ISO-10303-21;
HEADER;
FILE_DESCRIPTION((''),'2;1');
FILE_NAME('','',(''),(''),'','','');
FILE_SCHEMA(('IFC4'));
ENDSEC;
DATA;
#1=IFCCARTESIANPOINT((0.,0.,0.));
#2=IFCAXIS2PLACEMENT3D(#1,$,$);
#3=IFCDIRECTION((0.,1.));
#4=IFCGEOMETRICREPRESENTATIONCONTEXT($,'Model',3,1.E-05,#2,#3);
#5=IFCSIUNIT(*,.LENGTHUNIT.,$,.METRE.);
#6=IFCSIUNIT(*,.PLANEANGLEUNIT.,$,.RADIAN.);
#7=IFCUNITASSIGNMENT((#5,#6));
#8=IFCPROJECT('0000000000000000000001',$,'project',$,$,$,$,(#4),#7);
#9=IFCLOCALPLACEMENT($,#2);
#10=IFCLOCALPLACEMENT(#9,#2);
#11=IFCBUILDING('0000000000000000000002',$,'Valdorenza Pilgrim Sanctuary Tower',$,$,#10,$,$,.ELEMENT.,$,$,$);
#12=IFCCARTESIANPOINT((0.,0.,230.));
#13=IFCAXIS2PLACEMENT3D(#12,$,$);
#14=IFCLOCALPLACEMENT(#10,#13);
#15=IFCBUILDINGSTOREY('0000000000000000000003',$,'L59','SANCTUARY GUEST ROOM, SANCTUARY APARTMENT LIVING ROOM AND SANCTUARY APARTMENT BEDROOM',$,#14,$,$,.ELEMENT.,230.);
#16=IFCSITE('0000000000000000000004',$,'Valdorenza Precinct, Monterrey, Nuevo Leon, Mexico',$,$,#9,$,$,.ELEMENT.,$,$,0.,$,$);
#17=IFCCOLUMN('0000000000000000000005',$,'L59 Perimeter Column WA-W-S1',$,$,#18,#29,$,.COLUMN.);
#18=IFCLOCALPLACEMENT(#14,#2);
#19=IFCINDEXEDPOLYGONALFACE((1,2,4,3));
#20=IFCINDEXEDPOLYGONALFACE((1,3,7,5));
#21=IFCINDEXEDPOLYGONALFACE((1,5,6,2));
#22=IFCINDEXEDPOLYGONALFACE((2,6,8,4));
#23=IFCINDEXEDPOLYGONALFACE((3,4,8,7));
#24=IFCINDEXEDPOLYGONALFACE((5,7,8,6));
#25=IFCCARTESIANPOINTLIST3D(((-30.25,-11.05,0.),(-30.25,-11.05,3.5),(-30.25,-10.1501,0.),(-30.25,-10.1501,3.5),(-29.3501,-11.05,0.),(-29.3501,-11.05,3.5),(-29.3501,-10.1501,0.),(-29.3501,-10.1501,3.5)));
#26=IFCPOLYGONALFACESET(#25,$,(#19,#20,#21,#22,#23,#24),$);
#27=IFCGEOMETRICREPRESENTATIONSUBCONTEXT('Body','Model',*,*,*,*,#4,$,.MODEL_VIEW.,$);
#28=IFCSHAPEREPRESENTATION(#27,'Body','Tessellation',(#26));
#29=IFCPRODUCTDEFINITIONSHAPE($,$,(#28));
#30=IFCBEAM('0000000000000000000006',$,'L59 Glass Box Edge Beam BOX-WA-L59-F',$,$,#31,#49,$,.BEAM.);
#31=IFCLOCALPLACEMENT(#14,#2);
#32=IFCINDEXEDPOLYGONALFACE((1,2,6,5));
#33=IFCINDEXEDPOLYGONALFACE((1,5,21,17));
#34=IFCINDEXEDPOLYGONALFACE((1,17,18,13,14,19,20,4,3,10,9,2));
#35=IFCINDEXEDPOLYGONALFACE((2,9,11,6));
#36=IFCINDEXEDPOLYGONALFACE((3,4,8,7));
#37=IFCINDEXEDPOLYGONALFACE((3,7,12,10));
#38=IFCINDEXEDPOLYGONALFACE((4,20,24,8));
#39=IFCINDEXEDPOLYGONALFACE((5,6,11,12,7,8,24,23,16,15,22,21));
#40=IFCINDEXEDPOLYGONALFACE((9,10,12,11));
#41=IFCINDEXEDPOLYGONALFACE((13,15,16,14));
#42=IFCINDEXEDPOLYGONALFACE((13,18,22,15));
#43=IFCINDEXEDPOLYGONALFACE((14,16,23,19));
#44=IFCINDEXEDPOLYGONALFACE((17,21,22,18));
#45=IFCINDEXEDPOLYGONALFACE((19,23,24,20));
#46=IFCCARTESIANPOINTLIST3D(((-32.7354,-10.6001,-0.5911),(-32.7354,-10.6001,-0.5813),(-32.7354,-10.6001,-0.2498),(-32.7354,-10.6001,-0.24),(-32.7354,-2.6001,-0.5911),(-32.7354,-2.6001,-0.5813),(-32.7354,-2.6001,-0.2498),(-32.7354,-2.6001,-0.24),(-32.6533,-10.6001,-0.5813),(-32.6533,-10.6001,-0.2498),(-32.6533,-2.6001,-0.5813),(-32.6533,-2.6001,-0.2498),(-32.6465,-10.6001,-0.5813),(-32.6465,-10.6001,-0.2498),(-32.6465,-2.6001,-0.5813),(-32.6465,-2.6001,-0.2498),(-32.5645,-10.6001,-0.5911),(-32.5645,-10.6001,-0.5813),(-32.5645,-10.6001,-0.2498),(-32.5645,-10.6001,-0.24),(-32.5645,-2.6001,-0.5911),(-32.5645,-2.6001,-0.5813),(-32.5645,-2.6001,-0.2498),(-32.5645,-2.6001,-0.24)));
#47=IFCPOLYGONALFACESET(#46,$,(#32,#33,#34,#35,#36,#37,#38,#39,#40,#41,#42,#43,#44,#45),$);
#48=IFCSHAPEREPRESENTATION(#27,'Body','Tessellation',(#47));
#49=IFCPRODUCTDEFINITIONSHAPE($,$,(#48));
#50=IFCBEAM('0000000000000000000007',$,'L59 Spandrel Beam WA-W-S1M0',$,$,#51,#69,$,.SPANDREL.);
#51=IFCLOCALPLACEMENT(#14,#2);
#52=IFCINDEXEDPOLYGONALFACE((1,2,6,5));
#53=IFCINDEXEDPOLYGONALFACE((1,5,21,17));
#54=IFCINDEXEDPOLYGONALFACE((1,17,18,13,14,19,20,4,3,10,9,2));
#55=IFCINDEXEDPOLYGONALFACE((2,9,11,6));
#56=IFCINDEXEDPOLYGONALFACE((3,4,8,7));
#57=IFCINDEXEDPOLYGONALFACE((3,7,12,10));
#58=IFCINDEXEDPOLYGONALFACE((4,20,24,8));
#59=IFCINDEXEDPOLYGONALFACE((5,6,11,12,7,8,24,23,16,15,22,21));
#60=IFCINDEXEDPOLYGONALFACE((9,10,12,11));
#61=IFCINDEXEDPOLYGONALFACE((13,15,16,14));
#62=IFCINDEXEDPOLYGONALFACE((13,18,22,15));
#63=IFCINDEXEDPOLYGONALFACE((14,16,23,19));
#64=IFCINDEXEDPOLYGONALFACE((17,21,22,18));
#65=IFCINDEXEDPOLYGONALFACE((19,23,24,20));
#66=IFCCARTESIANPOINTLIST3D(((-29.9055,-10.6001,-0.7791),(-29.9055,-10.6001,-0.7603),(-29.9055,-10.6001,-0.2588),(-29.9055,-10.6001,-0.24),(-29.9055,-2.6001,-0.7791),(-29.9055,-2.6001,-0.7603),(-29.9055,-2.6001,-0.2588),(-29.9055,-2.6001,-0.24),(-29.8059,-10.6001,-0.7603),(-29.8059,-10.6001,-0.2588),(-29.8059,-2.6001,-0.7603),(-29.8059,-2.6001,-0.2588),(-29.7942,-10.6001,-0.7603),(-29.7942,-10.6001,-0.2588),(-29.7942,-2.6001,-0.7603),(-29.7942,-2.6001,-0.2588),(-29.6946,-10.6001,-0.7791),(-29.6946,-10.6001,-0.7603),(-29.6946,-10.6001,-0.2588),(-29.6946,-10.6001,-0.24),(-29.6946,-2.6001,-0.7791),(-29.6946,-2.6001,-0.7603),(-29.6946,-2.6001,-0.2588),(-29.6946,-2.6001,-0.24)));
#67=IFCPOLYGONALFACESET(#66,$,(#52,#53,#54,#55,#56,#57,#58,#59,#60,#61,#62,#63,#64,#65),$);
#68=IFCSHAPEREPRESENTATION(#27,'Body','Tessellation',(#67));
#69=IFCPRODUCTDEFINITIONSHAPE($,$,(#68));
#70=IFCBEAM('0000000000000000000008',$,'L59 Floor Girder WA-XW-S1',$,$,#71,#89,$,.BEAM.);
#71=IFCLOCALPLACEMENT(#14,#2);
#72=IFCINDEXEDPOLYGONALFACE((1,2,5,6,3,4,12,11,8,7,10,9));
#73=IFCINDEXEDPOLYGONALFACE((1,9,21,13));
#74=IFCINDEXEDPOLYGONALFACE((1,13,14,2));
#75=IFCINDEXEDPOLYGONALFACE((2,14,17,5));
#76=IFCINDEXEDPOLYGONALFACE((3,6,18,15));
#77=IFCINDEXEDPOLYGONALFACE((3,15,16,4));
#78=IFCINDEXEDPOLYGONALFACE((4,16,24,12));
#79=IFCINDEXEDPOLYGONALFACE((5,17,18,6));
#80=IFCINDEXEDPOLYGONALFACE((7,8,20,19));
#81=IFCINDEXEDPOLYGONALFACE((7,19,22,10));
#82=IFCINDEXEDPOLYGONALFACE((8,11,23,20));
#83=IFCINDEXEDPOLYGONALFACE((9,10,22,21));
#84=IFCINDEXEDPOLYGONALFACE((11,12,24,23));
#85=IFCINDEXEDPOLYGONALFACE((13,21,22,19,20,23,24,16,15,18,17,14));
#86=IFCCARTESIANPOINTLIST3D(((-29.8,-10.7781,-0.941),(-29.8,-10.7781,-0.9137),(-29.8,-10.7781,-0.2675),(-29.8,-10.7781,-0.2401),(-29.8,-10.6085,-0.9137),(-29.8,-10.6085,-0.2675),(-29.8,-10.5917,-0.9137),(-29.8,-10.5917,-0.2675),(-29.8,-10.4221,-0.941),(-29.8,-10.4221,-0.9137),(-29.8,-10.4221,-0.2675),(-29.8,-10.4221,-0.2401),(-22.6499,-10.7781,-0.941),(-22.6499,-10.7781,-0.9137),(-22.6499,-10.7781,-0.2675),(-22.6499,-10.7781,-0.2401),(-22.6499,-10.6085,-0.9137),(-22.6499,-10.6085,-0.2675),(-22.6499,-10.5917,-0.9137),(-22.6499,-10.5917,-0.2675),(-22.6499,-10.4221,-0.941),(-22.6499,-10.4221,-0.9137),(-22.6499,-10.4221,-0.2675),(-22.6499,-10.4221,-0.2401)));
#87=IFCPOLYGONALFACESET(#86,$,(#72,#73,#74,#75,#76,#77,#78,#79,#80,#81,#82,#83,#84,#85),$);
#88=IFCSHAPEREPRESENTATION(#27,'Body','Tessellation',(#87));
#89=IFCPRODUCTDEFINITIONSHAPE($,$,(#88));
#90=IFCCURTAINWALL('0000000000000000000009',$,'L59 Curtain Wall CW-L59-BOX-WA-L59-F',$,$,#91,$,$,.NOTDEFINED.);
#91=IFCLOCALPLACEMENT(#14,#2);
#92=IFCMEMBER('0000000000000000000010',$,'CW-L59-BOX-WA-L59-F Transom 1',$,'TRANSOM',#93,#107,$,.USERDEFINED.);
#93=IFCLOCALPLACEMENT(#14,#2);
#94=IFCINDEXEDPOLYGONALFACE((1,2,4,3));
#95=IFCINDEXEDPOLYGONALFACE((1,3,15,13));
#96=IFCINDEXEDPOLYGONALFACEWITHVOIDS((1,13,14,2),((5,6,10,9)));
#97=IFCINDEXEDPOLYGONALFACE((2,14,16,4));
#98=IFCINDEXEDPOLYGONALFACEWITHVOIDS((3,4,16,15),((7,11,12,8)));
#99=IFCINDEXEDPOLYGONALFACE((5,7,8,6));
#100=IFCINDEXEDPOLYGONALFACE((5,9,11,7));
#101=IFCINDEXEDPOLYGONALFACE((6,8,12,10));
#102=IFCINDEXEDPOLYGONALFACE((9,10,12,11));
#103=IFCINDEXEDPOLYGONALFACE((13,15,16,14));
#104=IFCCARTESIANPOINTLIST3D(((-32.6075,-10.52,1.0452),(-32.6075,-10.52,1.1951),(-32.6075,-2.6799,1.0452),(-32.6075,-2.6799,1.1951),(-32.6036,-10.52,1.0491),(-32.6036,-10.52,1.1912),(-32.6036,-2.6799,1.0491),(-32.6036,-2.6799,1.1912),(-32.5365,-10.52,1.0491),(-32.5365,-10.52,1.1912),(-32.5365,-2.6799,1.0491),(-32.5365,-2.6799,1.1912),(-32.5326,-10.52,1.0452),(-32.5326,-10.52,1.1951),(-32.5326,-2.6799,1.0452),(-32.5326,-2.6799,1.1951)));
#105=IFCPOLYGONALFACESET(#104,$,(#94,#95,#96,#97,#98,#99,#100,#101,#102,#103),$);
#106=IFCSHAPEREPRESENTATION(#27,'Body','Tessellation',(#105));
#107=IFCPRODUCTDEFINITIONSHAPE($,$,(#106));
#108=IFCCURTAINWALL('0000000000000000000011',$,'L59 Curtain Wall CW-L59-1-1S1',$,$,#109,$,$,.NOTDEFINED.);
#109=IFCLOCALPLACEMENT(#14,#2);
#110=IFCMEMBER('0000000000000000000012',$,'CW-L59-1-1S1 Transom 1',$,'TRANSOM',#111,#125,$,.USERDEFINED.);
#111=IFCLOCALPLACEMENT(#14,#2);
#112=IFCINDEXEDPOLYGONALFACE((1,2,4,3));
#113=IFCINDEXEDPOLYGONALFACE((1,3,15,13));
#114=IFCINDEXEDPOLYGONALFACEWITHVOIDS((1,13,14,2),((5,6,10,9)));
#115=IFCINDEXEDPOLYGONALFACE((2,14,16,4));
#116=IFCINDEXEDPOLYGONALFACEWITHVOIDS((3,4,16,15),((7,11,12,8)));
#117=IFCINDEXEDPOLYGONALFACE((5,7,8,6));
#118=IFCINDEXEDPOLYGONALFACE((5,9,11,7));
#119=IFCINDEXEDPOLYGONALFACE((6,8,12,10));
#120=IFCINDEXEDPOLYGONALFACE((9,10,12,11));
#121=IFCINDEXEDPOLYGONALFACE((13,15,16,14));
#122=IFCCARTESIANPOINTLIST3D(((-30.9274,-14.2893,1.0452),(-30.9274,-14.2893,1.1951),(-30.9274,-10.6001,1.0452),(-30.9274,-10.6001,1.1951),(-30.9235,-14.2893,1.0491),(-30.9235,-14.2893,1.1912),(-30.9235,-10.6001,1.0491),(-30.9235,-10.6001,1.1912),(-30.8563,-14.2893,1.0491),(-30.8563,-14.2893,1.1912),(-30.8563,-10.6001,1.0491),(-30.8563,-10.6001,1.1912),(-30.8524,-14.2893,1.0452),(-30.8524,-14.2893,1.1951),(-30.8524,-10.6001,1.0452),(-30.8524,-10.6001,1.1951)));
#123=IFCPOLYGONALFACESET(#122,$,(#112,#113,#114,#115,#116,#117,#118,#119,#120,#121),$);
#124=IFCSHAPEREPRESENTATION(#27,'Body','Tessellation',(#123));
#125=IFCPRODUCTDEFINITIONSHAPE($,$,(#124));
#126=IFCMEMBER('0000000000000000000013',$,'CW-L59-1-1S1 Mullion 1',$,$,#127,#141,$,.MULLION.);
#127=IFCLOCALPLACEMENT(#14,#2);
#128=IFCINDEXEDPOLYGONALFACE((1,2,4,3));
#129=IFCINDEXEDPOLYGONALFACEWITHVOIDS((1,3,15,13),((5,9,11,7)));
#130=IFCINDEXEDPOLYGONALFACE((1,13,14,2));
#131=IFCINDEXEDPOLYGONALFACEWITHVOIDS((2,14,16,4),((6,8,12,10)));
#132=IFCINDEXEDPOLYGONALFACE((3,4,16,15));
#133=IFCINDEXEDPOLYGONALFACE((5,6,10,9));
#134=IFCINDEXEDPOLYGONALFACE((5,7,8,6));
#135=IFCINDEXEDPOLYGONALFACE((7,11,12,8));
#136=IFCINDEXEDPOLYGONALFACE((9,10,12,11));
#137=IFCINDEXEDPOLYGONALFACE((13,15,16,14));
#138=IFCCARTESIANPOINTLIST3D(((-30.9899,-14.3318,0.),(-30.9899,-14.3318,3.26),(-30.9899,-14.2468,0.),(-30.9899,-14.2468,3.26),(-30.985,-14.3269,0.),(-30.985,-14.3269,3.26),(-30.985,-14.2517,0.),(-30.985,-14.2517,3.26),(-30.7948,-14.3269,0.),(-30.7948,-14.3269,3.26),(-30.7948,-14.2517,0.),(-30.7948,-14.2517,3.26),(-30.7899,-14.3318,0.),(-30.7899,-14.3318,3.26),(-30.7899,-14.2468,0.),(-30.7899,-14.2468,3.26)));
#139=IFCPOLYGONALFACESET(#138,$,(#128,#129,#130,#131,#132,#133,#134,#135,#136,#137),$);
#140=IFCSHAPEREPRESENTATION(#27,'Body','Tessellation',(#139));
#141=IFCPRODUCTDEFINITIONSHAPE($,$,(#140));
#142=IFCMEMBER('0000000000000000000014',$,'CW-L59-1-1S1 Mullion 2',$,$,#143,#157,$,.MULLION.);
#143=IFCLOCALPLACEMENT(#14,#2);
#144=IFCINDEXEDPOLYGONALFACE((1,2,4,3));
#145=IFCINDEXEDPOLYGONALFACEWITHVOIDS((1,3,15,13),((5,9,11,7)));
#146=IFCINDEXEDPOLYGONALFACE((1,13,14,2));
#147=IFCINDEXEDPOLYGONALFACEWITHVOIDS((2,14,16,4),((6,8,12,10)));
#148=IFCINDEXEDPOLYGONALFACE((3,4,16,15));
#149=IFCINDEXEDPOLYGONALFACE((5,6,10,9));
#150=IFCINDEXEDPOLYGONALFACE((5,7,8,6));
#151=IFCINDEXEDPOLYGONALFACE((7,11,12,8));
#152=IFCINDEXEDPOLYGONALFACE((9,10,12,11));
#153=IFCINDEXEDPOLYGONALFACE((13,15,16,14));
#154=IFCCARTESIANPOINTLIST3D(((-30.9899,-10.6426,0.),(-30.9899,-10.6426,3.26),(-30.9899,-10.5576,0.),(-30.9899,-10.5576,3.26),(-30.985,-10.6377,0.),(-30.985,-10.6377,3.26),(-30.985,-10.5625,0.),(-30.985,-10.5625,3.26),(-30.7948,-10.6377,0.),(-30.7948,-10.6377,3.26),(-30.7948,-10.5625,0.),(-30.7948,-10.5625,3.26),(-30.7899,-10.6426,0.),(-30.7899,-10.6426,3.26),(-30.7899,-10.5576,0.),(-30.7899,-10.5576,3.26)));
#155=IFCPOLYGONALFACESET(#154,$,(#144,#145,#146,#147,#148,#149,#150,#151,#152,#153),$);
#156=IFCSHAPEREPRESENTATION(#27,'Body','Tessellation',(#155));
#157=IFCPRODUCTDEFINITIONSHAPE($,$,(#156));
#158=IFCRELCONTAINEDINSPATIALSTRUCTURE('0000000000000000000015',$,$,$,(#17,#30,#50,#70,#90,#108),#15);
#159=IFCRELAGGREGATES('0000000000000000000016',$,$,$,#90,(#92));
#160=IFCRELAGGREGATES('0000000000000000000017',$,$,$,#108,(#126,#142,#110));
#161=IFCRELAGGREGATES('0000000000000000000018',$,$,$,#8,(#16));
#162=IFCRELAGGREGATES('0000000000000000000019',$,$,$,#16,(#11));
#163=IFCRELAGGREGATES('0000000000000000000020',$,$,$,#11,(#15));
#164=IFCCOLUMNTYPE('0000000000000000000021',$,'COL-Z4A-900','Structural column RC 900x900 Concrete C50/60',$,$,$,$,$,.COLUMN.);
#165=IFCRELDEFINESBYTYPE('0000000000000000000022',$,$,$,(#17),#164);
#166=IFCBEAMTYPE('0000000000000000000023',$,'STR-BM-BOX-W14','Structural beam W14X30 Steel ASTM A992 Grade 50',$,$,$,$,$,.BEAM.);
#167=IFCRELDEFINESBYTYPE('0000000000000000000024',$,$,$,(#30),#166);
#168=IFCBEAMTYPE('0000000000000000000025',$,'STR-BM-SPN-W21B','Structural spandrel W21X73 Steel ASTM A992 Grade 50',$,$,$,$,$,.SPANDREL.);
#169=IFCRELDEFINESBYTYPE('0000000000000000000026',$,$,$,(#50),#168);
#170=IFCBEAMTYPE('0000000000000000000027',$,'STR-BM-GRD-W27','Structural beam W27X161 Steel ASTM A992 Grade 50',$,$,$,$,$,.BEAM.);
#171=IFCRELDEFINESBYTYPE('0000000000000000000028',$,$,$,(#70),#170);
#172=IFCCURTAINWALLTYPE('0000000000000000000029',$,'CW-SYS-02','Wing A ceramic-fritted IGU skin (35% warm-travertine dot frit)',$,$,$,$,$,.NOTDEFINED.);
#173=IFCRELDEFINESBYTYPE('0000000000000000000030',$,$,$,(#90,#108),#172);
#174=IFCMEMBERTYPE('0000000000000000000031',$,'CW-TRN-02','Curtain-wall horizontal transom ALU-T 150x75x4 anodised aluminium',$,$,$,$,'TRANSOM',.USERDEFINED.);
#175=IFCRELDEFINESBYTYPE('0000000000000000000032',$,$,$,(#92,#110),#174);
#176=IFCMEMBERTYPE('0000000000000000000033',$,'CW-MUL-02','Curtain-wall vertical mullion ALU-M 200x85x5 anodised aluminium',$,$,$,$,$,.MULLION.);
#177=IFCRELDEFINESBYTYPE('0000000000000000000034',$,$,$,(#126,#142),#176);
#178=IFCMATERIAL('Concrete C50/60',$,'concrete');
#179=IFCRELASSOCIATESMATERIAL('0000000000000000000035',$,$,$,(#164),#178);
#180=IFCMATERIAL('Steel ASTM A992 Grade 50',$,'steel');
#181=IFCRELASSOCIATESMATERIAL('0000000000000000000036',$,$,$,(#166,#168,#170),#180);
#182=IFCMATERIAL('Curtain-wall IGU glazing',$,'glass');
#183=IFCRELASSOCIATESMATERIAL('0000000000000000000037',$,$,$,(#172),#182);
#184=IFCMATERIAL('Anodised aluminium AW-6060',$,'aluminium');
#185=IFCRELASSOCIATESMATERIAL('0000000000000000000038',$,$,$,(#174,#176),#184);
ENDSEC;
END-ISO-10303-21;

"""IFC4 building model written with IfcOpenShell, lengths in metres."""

from ifc_helpers import new_model, si_unit, direction, frame, origin, origin_2d, place, context, subcontext, project, spatial, rectangle, hollow_rectangle, i_section, extrude, source, transform, mapped, material, material_profile, profile_set, type_object, element, aggregate, save


model = new_model("IFC4")

# Units and contexts
model_context = context("Model", 3, precision=1e-05, world=origin(), true_north=direction((0.0, 1.0)))
body_context = subcontext(model_context, "Body", "Model", "MODEL_VIEW")
ifc_project = project(units=[si_unit("LENGTHUNIT", "METRE"), si_unit("PLANEANGLEUNIT", "RADIAN")], contexts=[model_context])

# Site, building, storey
site_placement = place(None, origin())
site = spatial("IfcSite", under=ifc_project, at=site_placement, Name="Valdorenza Precinct, Monterrey, Nuevo Leon, Mexico", CompositionType="ELEMENT", RefElevation=0.0)
building_placement = place(site_placement, origin())
building = spatial("IfcBuilding", under=site, at=building_placement, Name="Valdorenza Pilgrim Sanctuary Tower", CompositionType="ELEMENT")
storey_placement = place(building_placement, frame((0.0, 0.0, 230.0)))
storey = spatial("IfcBuildingStorey", under=building, at=storey_placement, Name="L59", Description="SANCTUARY GUEST ROOM, SANCTUARY APARTMENT LIVING ROOM AND SANCTUARY APARTMENT BEDROOM", CompositionType="ELEMENT", Elevation=230.0)

# Column
ifc_material_1 = material(Name="Concrete C50/60", Category="concrete")
ifc_material_profile_1 = material_profile(ifc_material_1, rectangle(XDim=0.8999, YDim=0.8999, at=origin_2d()), Name="RC 900x900")
ifc_profile_set_1 = profile_set([ifc_material_profile_1], Name="Concrete C50/60")
column_type = type_object("IfcColumnType", Name="COL-Z4A-900", Description="Structural column RC 900x900 Concrete C50/60", PredefinedType="COLUMN", material=ifc_profile_set_1)
shared_shape_1 = source(origin(), body_context, "Body", "SweptSolid", [
    extrude(rectangle(XDim=0.8999, YDim=0.8999, at=origin_2d()), origin(), (0.0, 0.0, 1.0), 3.5),
])
column_placement = place(storey_placement, frame((-29.8, -10.6001, 0.0), z_axis=(0.0, 0.0, 1.0), x_axis=(1.0, 0.0, 0.0)))
element("IfcColumn", 1, at=column_placement, inside=storey, type_object=column_type, Name="L59 Perimeter Column WA-W-S1", PredefinedType="COLUMN", context=body_context, shape_type="MappedRepresentation", body=[
    mapped(shared_shape_1, transform((0.0, 0.0, 0.0), x_axis=(1.0, 0.0, 0.0), y_axis=(0.0, 1.0, 0.0), z_axis=(0.0, 0.0, 1.0), scale=1.0)),
])

# Beams
ifc_material_2 = material(Name="Steel ASTM A992 Grade 50", Category="steel")
ifc_material_profile_2 = material_profile(ifc_material_2, i_section(OverallWidth=0.1709, OverallDepth=0.3511, WebThickness=0.0068, FlangeThickness=0.0098, at=origin_2d()), Name="W14X30")
ifc_profile_set_2 = profile_set([ifc_material_profile_2], Name="Steel ASTM A992 Grade 50")
beam_type_1 = type_object("IfcBeamType", Name="STR-BM-BOX-W14", Description="Structural beam W14X30 Steel ASTM A992 Grade 50", PredefinedType="BEAM", material=ifc_profile_set_2)
shared_shape_2 = source(origin(), body_context, "Body", "SweptSolid", [
    extrude(i_section(OverallWidth=0.1709, OverallDepth=0.3511, WebThickness=0.0068, FlangeThickness=0.0098, at=origin_2d()), origin(), (0.0, 0.0, 1.0), 8.0),
])
beam_1_placement = place(storey_placement, frame((-32.6499, -10.6001, -0.4155), z_axis=(0.0, 1.0, 0.0), x_axis=(-1.0, 0.0, 0.0)))
element("IfcBeam", 2, at=beam_1_placement, inside=storey, type_object=beam_type_1, Name="L59 Glass Box Edge Beam BOX-WA-L59-F", PredefinedType="BEAM", context=body_context, shape_type="MappedRepresentation", body=[
    mapped(shared_shape_2, transform((0.0, 0.0, 0.0), x_axis=(1.0, 0.0, 0.0), y_axis=(0.0, 1.0, 0.0), z_axis=(0.0, 0.0, 1.0), scale=1.0)),
])
ifc_material_profile_3 = material_profile(ifc_material_2, i_section(OverallWidth=0.2109, OverallDepth=0.5391, WebThickness=0.0117, FlangeThickness=0.0188, at=origin_2d()), Name="W21X73")
ifc_profile_set_3 = profile_set([ifc_material_profile_3], Name="Steel ASTM A992 Grade 50")
beam_type_2 = type_object("IfcBeamType", Name="STR-BM-SPN-W21B", Description="Structural spandrel W21X73 Steel ASTM A992 Grade 50", PredefinedType="SPANDREL", material=ifc_profile_set_3)
shared_shape_3 = source(origin(), body_context, "Body", "SweptSolid", [
    extrude(i_section(OverallWidth=0.2109, OverallDepth=0.5391, WebThickness=0.0117, FlangeThickness=0.0188, at=origin_2d()), origin(), (0.0, 0.0, 1.0), 8.0),
])
beam_2_placement = place(storey_placement, frame((-29.8, -10.6001, -0.5095), z_axis=(0.0, 1.0, 0.0), x_axis=(-1.0, 0.0, 0.0)))
element("IfcBeam", 3, at=beam_2_placement, inside=storey, type_object=beam_type_2, Name="L59 Spandrel Beam WA-W-S1M0", PredefinedType="SPANDREL", context=body_context, shape_type="MappedRepresentation", body=[
    mapped(shared_shape_3, transform((0.0, 0.0, 0.0), x_axis=(1.0, 0.0, 0.0), y_axis=(0.0, 1.0, 0.0), z_axis=(0.0, 0.0, 1.0), scale=1.0)),
])
ifc_material_profile_4 = material_profile(ifc_material_2, i_section(OverallWidth=0.356, OverallDepth=0.7009, WebThickness=0.0168, FlangeThickness=0.0273, at=origin_2d()), Name="W27X161")
ifc_profile_set_4 = profile_set([ifc_material_profile_4], Name="Steel ASTM A992 Grade 50")
beam_type_3 = type_object("IfcBeamType", Name="STR-BM-GRD-W27", Description="Structural beam W27X161 Steel ASTM A992 Grade 50", PredefinedType="BEAM", material=ifc_profile_set_4)
shared_shape_4 = source(origin(), body_context, "Body", "SweptSolid", [
    extrude(i_section(OverallWidth=0.356, OverallDepth=0.7009, WebThickness=0.0168, FlangeThickness=0.0273, at=origin_2d()), origin(), (0.0, 0.0, 1.0), 7.1501),
])
beam_3_placement = place(storey_placement, frame((-29.8, -10.6001, -0.5906), z_axis=(1.0, 0.0, 0.0), x_axis=(0.0, 1.0, 0.0)))
element("IfcBeam", 4, at=beam_3_placement, inside=storey, type_object=beam_type_3, Name="L59 Floor Girder WA-XW-S1", PredefinedType="BEAM", context=body_context, shape_type="MappedRepresentation", body=[
    mapped(shared_shape_4, transform((0.0, 0.0, 0.0), x_axis=(1.0, 0.0, 0.0), y_axis=(0.0, 1.0, 0.0), z_axis=(0.0, 0.0, 1.0), scale=1.0)),
])

# Curtain wall, member
ifc_material_3 = material(Name="Curtain-wall IGU glazing", Category="glass")
curtain_wall_type = type_object("IfcCurtainWallType", Name="CW-SYS-02", Description="Wing A ceramic-fritted IGU skin (35% warm-travertine dot frit)", PredefinedType="NOTDEFINED", material=ifc_material_3)
curtain_wall_1_placement = place(storey_placement, origin())
curtain_wall_1 = element("IfcCurtainWall", 5, at=curtain_wall_1_placement, inside=storey, type_object=curtain_wall_type, Name="L59 Curtain Wall CW-L59-BOX-WA-L59-F", PredefinedType="NOTDEFINED")
ifc_material_4 = material(Name="Anodised aluminium AW-6060", Category="aluminium")
ifc_material_profile_5 = material_profile(ifc_material_4, hollow_rectangle(XDim=0.075, YDim=0.1499, WallThickness=0.0039, at=origin_2d()), Name="ALU-T 150x75x4")
ifc_profile_set_5 = profile_set([ifc_material_profile_5], Name="Anodised aluminium AW-6060")
member_type_1 = type_object("IfcMemberType", Name="CW-TRN-02", Description="Curtain-wall horizontal transom ALU-T 150x75x4 anodised aluminium", ElementType="TRANSOM", PredefinedType="USERDEFINED", material=ifc_profile_set_5)
shared_shape_5 = source(origin(), body_context, "Body", "SweptSolid", [
    extrude(hollow_rectangle(XDim=0.075, YDim=0.1499, WallThickness=0.0039, at=origin_2d()), origin(), (0.0, 0.0, 1.0), 7.8401),
])
member_1_placement = place(storey_placement, frame((-32.5701, -10.52, 1.1201), z_axis=(0.0, 1.0, 0.0), x_axis=(-1.0, 0.0, 0.0)))
member_1 = element("IfcMember", 6, at=member_1_placement, type_object=member_type_1, Name="CW-L59-BOX-WA-L59-F Transom 1", ObjectType="TRANSOM", PredefinedType="USERDEFINED", context=body_context, shape_type="MappedRepresentation", body=[
    mapped(shared_shape_5, transform((0.0, 0.0, 0.0), x_axis=(1.0, 0.0, 0.0), y_axis=(0.0, 1.0, 0.0), z_axis=(0.0, 0.0, 1.0), scale=1.0)),
])
aggregate(curtain_wall_1, [member_1])

# Curtain wall, members
curtain_wall_2_placement = place(storey_placement, origin())
curtain_wall_2 = element("IfcCurtainWall", 7, at=curtain_wall_2_placement, inside=storey, type_object=curtain_wall_type, Name="L59 Curtain Wall CW-L59-1-1S1", PredefinedType="NOTDEFINED")
shared_shape_6 = source(origin(), body_context, "Body", "SweptSolid", [
    extrude(hollow_rectangle(XDim=0.075, YDim=0.1499, WallThickness=0.0039, at=origin_2d()), origin(), (0.0, 0.0, 1.0), 3.6892),
])
member_2_placement = place(storey_placement, frame((-30.8899, -14.2893, 1.1201), z_axis=(0.0, 1.0, 0.0), x_axis=(-1.0, 0.0, 0.0)))
member_2 = element("IfcMember", 8, at=member_2_placement, type_object=member_type_1, Name="CW-L59-1-1S1 Transom 1", ObjectType="TRANSOM", PredefinedType="USERDEFINED", context=body_context, shape_type="MappedRepresentation", body=[
    mapped(shared_shape_6, transform((0.0, 0.0, 0.0), x_axis=(1.0, 0.0, 0.0), y_axis=(0.0, 1.0, 0.0), z_axis=(0.0, 0.0, 1.0), scale=1.0)),
])
ifc_material_profile_6 = material_profile(ifc_material_4, hollow_rectangle(XDim=0.085, YDim=0.2, WallThickness=0.0049, at=origin_2d()), Name="ALU-M 200x85x5")
ifc_profile_set_6 = profile_set([ifc_material_profile_6], Name="Anodised aluminium AW-6060")
member_type_2 = type_object("IfcMemberType", Name="CW-MUL-02", Description="Curtain-wall vertical mullion ALU-M 200x85x5 anodised aluminium", PredefinedType="MULLION", material=ifc_profile_set_6)
shared_shape_7 = source(origin(), body_context, "Body", "SweptSolid", [
    extrude(hollow_rectangle(XDim=0.085, YDim=0.2, WallThickness=0.0049, at=origin_2d()), origin(), (0.0, 0.0, 1.0), 3.26),
])
member_3_placement = place(storey_placement, frame((-30.8899, -14.2893, 0.0), z_axis=(0.0, 0.0, 1.0), x_axis=(0.0, 1.0, 0.0)))
member_3 = element("IfcMember", 9, at=member_3_placement, type_object=member_type_2, Name="CW-L59-1-1S1 Mullion 1", PredefinedType="MULLION", context=body_context, shape_type="MappedRepresentation", body=[
    mapped(shared_shape_7, transform((0.0, 0.0, 0.0), x_axis=(1.0, 0.0, 0.0), y_axis=(0.0, 1.0, 0.0), z_axis=(0.0, 0.0, 1.0), scale=1.0)),
])
member_4_placement = place(storey_placement, frame((-30.8899, -10.6001, 0.0), z_axis=(0.0, 0.0, 1.0), x_axis=(0.0, 1.0, 0.0)))
member_4 = element("IfcMember", 10, at=member_4_placement, type_object=member_type_2, Name="CW-L59-1-1S1 Mullion 2", PredefinedType="MULLION", context=body_context, shape_type="MappedRepresentation", body=[
    mapped(shared_shape_7, transform((0.0, 0.0, 0.0), x_axis=(1.0, 0.0, 0.0), y_axis=(0.0, 1.0, 0.0), z_axis=(0.0, 0.0, 1.0), scale=1.0)),
])

aggregate(curtain_wall_2, [member_3, member_4, member_2])

save(model, "model.ifc")
